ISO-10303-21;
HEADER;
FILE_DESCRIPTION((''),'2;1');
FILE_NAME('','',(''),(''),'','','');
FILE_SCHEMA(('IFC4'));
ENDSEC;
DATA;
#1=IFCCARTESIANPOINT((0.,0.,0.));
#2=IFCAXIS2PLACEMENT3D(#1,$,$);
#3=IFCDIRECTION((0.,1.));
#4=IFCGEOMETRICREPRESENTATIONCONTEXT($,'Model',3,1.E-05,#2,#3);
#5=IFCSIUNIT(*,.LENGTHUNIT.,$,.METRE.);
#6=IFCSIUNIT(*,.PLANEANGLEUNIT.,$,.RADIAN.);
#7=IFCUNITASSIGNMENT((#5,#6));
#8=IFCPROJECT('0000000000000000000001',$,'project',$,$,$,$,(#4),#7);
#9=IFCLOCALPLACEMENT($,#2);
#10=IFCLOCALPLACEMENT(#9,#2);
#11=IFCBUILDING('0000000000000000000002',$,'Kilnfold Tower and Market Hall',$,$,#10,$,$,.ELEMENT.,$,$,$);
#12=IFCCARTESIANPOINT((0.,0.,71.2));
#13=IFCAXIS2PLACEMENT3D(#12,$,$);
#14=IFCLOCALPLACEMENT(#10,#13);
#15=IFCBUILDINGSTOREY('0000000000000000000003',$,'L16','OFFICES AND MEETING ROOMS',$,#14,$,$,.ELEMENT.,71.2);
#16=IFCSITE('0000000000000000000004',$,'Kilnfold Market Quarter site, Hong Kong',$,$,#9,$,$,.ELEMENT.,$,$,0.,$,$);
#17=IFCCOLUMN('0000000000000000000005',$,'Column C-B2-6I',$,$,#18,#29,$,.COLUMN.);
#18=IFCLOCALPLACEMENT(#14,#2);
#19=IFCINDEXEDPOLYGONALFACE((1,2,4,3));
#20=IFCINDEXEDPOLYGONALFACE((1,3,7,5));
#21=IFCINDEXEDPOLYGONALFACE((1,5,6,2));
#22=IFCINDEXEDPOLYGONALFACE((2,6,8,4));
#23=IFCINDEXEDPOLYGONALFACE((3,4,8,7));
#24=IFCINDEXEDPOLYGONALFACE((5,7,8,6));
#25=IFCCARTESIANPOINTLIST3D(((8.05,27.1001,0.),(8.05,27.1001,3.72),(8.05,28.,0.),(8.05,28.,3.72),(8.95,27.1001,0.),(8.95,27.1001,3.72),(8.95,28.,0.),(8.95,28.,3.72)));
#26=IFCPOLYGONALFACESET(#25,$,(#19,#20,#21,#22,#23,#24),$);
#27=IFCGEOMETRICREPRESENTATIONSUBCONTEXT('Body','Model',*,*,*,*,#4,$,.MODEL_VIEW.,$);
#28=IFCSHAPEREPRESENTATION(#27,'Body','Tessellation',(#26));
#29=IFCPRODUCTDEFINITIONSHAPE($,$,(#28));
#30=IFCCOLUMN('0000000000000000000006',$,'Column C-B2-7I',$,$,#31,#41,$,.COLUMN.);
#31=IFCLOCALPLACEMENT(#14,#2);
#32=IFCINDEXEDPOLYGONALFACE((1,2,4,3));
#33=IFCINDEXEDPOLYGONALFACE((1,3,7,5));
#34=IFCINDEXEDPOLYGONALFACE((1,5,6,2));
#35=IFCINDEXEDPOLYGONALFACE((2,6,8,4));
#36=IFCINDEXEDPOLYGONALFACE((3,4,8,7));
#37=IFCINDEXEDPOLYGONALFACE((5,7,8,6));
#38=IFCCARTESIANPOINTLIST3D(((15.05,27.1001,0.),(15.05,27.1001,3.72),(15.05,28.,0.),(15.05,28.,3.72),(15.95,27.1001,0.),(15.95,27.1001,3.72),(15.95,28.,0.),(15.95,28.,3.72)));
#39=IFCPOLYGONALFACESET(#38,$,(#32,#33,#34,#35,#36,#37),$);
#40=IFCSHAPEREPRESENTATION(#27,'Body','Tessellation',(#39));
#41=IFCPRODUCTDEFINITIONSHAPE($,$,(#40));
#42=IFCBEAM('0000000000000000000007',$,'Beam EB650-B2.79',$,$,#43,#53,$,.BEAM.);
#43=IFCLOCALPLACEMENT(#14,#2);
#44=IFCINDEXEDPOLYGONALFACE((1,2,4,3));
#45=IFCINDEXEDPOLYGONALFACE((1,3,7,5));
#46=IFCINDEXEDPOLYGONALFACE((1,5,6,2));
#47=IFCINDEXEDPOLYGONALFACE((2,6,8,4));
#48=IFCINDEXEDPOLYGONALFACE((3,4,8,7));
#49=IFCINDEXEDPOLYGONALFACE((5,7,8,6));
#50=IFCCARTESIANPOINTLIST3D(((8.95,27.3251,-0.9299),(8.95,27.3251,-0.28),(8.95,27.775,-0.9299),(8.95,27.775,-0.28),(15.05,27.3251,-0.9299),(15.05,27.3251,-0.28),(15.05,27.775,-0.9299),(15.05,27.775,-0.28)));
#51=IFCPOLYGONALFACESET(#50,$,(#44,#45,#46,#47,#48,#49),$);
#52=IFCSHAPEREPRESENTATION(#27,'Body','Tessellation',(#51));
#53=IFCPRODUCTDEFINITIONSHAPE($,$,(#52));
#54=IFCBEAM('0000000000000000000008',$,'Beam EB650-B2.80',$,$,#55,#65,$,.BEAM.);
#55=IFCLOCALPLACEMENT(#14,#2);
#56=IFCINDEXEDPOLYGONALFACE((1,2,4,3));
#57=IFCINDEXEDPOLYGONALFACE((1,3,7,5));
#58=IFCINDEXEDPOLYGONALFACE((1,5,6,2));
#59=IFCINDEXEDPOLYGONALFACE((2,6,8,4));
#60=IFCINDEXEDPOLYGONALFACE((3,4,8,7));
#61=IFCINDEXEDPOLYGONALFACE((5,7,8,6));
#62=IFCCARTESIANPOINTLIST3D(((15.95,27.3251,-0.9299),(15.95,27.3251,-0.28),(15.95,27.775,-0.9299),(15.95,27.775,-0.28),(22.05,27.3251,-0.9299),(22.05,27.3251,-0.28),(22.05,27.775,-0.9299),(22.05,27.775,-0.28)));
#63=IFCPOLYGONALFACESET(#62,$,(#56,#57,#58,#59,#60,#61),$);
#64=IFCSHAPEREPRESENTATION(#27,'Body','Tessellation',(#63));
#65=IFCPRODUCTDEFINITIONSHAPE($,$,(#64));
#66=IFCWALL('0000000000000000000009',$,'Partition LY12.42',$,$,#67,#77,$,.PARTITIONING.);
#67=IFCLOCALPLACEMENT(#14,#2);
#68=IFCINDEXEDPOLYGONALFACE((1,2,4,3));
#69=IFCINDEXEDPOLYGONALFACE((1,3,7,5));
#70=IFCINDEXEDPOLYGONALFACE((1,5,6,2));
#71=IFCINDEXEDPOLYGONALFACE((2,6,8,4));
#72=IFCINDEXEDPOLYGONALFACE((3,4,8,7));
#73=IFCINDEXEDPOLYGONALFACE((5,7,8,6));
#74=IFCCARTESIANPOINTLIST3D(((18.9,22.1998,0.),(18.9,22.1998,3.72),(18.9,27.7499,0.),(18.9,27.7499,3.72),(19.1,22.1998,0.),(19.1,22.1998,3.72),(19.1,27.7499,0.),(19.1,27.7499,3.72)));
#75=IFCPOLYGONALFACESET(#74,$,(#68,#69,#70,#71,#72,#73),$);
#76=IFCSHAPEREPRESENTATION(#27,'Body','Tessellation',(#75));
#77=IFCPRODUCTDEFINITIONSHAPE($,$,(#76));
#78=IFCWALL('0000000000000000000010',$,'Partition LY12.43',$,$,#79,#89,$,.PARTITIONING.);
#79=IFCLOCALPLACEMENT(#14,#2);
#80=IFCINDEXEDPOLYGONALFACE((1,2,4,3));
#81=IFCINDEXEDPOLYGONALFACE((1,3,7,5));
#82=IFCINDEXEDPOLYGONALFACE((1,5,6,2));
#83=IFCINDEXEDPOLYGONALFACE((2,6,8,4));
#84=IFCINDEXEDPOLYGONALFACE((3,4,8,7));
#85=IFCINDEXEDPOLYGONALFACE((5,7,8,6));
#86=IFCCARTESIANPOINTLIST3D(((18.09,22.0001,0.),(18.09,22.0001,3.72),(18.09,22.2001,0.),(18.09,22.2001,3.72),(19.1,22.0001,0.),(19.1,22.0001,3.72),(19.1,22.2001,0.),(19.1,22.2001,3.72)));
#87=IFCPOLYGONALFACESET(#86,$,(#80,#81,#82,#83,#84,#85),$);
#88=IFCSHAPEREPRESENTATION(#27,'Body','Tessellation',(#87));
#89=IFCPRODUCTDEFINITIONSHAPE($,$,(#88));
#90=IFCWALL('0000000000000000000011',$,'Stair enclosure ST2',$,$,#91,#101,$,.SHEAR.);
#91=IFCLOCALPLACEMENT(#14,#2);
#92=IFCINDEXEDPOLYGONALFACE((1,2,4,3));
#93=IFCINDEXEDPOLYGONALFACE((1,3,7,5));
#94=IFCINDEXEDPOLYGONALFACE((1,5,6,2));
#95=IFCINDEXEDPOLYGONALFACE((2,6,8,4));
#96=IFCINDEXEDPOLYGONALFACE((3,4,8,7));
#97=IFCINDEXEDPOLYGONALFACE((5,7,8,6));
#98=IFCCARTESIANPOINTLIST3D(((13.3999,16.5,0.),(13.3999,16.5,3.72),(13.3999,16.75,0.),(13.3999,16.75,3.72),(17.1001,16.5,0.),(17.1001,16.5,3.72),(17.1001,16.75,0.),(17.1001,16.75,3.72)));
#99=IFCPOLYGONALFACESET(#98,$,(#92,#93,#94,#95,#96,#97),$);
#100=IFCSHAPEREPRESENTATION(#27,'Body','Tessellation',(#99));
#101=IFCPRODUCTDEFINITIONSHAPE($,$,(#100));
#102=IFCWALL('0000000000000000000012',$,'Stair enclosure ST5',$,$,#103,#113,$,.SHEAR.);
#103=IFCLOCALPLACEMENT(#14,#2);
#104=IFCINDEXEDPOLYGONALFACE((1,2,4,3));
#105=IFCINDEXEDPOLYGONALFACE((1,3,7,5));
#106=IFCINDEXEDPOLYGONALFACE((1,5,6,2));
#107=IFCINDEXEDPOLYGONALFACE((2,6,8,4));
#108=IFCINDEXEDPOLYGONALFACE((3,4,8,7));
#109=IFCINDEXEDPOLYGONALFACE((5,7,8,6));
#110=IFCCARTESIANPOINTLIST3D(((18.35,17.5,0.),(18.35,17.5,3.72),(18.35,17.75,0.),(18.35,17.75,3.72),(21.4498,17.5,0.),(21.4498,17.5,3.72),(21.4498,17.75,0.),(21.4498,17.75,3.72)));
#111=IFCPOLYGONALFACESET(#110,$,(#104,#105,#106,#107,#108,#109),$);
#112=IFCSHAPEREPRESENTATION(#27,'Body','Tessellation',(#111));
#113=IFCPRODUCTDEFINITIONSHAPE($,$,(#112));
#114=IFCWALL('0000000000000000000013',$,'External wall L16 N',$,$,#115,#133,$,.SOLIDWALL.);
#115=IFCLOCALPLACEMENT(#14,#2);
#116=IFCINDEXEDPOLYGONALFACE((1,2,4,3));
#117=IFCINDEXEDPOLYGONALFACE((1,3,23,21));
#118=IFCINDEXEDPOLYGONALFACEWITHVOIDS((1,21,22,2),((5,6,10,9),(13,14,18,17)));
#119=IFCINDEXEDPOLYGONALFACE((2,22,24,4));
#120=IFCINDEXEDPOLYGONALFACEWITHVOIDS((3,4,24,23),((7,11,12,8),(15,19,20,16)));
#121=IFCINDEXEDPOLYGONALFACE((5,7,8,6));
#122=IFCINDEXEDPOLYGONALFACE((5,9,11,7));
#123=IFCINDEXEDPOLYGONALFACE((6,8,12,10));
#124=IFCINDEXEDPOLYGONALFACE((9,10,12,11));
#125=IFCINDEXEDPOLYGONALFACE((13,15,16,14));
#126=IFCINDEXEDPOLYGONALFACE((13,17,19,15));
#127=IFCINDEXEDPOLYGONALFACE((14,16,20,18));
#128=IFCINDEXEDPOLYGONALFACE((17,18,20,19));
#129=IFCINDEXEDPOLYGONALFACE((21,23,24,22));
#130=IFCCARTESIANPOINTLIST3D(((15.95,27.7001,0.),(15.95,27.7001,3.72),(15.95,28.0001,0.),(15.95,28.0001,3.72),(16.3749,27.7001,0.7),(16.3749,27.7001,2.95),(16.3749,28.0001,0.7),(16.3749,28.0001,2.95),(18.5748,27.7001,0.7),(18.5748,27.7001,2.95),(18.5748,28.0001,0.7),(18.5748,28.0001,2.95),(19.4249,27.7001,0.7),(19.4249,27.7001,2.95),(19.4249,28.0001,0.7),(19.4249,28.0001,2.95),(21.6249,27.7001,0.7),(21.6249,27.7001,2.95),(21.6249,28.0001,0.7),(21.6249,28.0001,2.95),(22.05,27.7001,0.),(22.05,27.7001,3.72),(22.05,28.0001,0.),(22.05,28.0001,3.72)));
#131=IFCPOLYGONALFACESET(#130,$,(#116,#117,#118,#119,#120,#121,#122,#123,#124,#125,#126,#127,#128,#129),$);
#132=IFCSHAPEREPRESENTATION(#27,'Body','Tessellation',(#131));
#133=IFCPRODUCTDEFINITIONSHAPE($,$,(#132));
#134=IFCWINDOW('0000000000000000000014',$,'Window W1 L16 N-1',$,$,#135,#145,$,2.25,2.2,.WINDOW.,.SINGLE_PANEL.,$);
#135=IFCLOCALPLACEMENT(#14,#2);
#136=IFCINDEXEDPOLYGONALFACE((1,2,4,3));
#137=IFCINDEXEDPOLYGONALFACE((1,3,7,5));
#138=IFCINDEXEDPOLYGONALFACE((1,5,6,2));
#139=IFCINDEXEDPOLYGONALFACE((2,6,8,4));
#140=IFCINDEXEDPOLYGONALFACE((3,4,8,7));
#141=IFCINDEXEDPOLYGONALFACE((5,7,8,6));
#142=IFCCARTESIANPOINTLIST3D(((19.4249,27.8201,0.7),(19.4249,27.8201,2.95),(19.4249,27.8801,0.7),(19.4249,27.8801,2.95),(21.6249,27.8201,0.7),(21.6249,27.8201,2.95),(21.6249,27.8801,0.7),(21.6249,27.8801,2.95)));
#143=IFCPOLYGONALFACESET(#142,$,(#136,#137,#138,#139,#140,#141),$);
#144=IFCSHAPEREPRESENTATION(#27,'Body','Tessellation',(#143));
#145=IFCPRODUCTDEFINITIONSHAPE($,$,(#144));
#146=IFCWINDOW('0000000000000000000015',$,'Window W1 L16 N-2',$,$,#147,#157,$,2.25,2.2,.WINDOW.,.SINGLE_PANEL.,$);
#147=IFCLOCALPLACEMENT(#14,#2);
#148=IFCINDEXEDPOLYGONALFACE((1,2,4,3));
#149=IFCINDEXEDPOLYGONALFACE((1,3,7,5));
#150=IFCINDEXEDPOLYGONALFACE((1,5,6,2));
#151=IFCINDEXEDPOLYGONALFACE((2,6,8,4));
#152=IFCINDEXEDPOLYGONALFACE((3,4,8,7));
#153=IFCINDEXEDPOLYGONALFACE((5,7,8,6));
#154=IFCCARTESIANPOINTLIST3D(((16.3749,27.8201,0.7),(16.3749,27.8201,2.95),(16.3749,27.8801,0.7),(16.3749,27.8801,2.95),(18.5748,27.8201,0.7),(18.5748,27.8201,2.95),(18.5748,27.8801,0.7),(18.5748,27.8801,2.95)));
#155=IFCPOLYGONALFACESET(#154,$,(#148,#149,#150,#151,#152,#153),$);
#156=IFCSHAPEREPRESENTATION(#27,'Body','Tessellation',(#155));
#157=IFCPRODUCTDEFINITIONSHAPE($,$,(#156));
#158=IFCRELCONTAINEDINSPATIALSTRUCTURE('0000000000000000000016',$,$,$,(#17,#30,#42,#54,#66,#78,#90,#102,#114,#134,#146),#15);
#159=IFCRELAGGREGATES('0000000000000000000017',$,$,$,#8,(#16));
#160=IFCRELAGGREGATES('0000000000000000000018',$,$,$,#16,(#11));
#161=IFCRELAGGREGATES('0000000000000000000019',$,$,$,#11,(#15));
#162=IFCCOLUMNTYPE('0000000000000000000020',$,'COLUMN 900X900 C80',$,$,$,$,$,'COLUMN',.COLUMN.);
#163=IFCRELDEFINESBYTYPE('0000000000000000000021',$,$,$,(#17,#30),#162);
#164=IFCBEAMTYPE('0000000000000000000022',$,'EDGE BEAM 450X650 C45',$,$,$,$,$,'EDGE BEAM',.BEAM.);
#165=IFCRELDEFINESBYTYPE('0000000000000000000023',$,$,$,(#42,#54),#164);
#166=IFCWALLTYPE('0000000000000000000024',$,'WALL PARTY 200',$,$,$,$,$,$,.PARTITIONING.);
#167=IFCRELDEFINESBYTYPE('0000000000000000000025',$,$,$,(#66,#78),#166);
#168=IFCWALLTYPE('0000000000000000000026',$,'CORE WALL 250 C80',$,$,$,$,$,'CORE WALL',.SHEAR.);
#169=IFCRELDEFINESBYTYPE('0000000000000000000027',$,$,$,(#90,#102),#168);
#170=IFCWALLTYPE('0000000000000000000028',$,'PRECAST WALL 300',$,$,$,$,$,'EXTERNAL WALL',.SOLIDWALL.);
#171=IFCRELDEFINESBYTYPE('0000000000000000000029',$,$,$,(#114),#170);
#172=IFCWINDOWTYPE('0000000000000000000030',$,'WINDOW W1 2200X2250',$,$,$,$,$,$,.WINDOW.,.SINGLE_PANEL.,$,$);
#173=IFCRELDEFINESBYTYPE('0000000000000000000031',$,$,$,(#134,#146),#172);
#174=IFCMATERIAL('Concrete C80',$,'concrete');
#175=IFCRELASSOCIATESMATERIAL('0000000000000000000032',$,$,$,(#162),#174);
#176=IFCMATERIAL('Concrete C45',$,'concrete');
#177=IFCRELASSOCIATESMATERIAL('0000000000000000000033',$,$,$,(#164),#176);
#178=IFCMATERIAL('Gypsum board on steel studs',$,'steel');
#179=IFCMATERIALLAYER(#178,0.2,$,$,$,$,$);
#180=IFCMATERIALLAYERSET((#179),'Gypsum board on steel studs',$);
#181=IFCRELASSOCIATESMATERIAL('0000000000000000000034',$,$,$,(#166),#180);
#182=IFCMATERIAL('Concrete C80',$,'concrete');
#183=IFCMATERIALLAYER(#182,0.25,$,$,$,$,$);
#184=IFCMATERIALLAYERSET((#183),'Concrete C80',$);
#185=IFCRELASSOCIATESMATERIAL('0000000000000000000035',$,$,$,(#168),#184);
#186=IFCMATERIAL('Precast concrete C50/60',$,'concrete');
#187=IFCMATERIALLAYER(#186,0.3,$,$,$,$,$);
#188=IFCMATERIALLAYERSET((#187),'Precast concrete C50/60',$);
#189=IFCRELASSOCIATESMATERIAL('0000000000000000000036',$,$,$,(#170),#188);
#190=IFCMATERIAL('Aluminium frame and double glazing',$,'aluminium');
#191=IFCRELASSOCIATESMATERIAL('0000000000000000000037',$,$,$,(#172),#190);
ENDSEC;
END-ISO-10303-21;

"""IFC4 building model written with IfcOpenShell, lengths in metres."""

from ifc_helpers import new_model, si_unit, direction, frame, frame_2d, origin, origin_2d, place, context, subcontext, project, spatial, rectangle, extrude, source, transform, mapped, material, layer, layer_set, material_profile, profile_set, type_object, element, fill, save


model = new_model("IFC4")

# Units and contexts
model_context = context("Model", 3, precision=1e-05, world=origin(), true_north=direction((0.0, 1.0)))
body_context = subcontext(model_context, "Body", "Model", "MODEL_VIEW")
ifc_project = project(units=[si_unit("LENGTHUNIT", "METRE"), si_unit("PLANEANGLEUNIT", "RADIAN")], contexts=[model_context])

# Site, building, storey
site_placement = place(None, origin())
site = spatial("IfcSite", under=ifc_project, at=site_placement, Name="Kilnfold Market Quarter site, Hong Kong", CompositionType="ELEMENT", RefElevation=0.0)
building_placement = place(site_placement, origin())
building = spatial("IfcBuilding", under=site, at=building_placement, Name="Kilnfold Tower and Market Hall", CompositionType="ELEMENT")
storey_placement = place(building_placement, frame((0.0, 0.0, 71.2)))
storey = spatial("IfcBuildingStorey", under=building, at=storey_placement, Name="L16", Description="OFFICES AND MEETING ROOMS", CompositionType="ELEMENT", Elevation=71.2)

# Columns
ifc_material_1 = material(Name="Concrete C80", Category="concrete")
ifc_material_profile_1 = material_profile(ifc_material_1, rectangle(XDim=0.8999, YDim=0.8999, at=origin_2d()), Name="RC 900x900")
ifc_profile_set_1 = profile_set([ifc_material_profile_1], Name="Concrete C80")
column_type = type_object("IfcColumnType", Name="COLUMN 900X900 C80", ElementType="COLUMN", PredefinedType="COLUMN", material=ifc_profile_set_1)
shared_shape_1 = source(origin(), body_context, "Body", "SweptSolid", [
    extrude(rectangle(XDim=0.8999, YDim=0.8999, at=origin_2d()), origin(), (0.0, 0.0, 1.0), 3.72),
])
for number, where, z_axis, x_axis, name in (
    (1, (8.5, 27.55, 0.0), (0.0, 0.0, 1.0), (1.0, 0.0, 0.0), "Column C-B2-6I"),
    (2, (15.5, 27.55, 0.0), (0.0, 0.0, 1.0), (1.0, 0.0, 0.0), "Column C-B2-7I"),
):
    element("IfcColumn", number, at=place(storey_placement, frame(where, z_axis=z_axis, x_axis=x_axis)), inside=storey, type_object=column_type, Name=name, PredefinedType="COLUMN", context=body_context, shape_type="MappedRepresentation", body=[
        mapped(shared_shape_1, transform((0.0, 0.0, 0.0))),
    ])

# Beams
ifc_material_2 = material(Name="Concrete C45", Category="concrete")
ifc_material_profile_2 = material_profile(ifc_material_2, rectangle(XDim=0.45, YDim=0.6499, at=origin_2d()), Name="RC 450x650")
ifc_profile_set_2 = profile_set([ifc_material_profile_2], Name="Concrete C45")
beam_type = type_object("IfcBeamType", Name="EDGE BEAM 450X650 C45", ElementType="EDGE BEAM", PredefinedType="BEAM", material=ifc_profile_set_2)
shared_shape_2 = source(origin(), body_context, "Body", "SweptSolid", [
    extrude(rectangle(XDim=0.45, YDim=0.6499, at=origin_2d()), origin(), (0.0, 0.0, 1.0), 6.1001),
])
for number, where, z_axis, x_axis, name in (
    (3, (8.95, 27.55, -0.605), (1.0, 0.0, 0.0), (0.0, 1.0, 0.0), "Beam EB650-B2.79"),
    (4, (15.95, 27.55, -0.605), (1.0, 0.0, 0.0), (0.0, 1.0, 0.0), "Beam EB650-B2.80"),
):
    element("IfcBeam", number, at=place(storey_placement, frame(where, z_axis=z_axis, x_axis=x_axis)), inside=storey, type_object=beam_type, Name=name, PredefinedType="BEAM", context=body_context, shape_type="MappedRepresentation", body=[
        mapped(shared_shape_2, transform((0.0, 0.0, 0.0))),
    ])

# Walls
ifc_material_3 = material(Name="Gypsum board on steel studs", Category="steel")
ifc_layer_1 = layer(ifc_material_3, 0.2)
ifc_layer_set_1 = layer_set([ifc_layer_1], Name="Gypsum board on steel studs")
wall_type_1 = type_object("IfcWallType", Name="WALL PARTY 200", PredefinedType="PARTITIONING", material=ifc_layer_set_1)
wall_1_placement = place(storey_placement, frame((19.0, 22.2, 0.0), z_axis=(0.0, 0.0, 1.0), x_axis=(0.0, 1.0, 0.0)))
element("IfcWall", 5, at=wall_1_placement, inside=storey, type_object=wall_type_1, Name="Partition LY12.42", PredefinedType="PARTITIONING", context=body_context, shape_type="SweptSolid", body=[
    extrude(rectangle(XDim=5.55, YDim=0.2, at=frame_2d((2.7749, 0.0))), origin(), (0.0, 0.0, 1.0), 3.72),
])
wall_2_placement = place(storey_placement, frame((18.0901, 22.1001, 0.0), z_axis=(0.0, 0.0, 1.0), x_axis=(1.0, 0.0, 0.0)))
element("IfcWall", 6, at=wall_2_placement, inside=storey, type_object=wall_type_1, Name="Partition LY12.43", PredefinedType="PARTITIONING", context=body_context, shape_type="SweptSolid", body=[
    extrude(rectangle(XDim=1.01, YDim=0.2, at=frame_2d((0.5049, 0.0))), origin(), (0.0, 0.0, 1.0), 3.72),
])
ifc_material_4 = material(Name="Concrete C80", Category="concrete")
ifc_layer_2 = layer(ifc_material_4, 0.25)
ifc_layer_set_2 = layer_set([ifc_layer_2], Name="Concrete C80")
wall_type_2 = type_object("IfcWallType", Name="CORE WALL 250 C80", ElementType="CORE WALL", PredefinedType="SHEAR", material=ifc_layer_set_2)
shared_shape_3 = source(origin(), body_context, "Body", "SweptSolid", [
    extrude(rectangle(XDim=3.7002, YDim=0.25, at=frame_2d((1.8501, 0.0))), origin(), (0.0, 0.0, 1.0), 3.72),
])
wall_3_placement = place(storey_placement, frame((13.3999, 16.625, 0.0), z_axis=(0.0, 0.0, 1.0), x_axis=(1.0, 0.0, 0.0)))
element("IfcWall", 7, at=wall_3_placement, inside=storey, type_object=wall_type_2, Name="Stair enclosure ST2", PredefinedType="SHEAR", context=body_context, shape_type="MappedRepresentation", body=[
    mapped(shared_shape_3, transform((0.0, 0.0, 0.0))),
])
shared_shape_4 = source(origin(), body_context, "Body", "SweptSolid", [
    extrude(rectangle(XDim=3.0999, YDim=0.25, at=frame_2d((1.5498, 0.0))), origin(), (0.0, 0.0, 1.0), 3.72),
])
wall_4_placement = place(storey_placement, frame((18.3501, 17.625, 0.0), z_axis=(0.0, 0.0, 1.0), x_axis=(1.0, 0.0, 0.0)))
element("IfcWall", 8, at=wall_4_placement, inside=storey, type_object=wall_type_2, Name="Stair enclosure ST5", PredefinedType="SHEAR", context=body_context, shape_type="MappedRepresentation", body=[
    mapped(shared_shape_4, transform((0.0, 0.0, 0.0))),
])

# Wall, openings, windows
ifc_material_5 = material(Name="Precast concrete C50/60", Category="concrete")
ifc_layer_3 = layer(ifc_material_5, 0.3)
ifc_layer_set_3 = layer_set([ifc_layer_3], Name="Precast concrete C50/60")
wall_type_3 = type_object("IfcWallType", Name="PRECAST WALL 300", ElementType="EXTERNAL WALL", PredefinedType="SOLIDWALL", material=ifc_layer_set_3)
shared_shape_5 = source(origin(), body_context, "Body", "SweptSolid", [
    extrude(rectangle(XDim=6.1001, YDim=0.3, at=frame_2d((3.05, 0.0))), origin(), (0.0, 0.0, 1.0), 3.72),
])
wall_5_placement = place(storey_placement, frame((22.05, 27.8501, 0.0), z_axis=(0.0, 0.0, 1.0), x_axis=(-1.0, 0.0, 0.0)))
wall_5 = element("IfcWall", 9, at=wall_5_placement, inside=storey, type_object=wall_type_3, Name="External wall L16 N", PredefinedType="SOLIDWALL", context=body_context, shape_type="MappedRepresentation", body=[
    mapped(shared_shape_5, transform((0.0, 0.0, 0.0))),
])
opening_1_placement = place(wall_5_placement, frame((0.425, 0.0, 0.7)))
opening_1 = element("IfcOpeningElement", 10, at=opening_1_placement, cuts=wall_5, PredefinedType="OPENING", context=body_context, shape_type="SweptSolid", body=[
    extrude(rectangle(XDim=2.2, YDim=2.25, at=frame_2d((1.1001, 1.125))), frame((0.0, 0.1602, 0.0), z_axis=(0.0, -1.0, 0.0), x_axis=(1.0, 0.0, 0.0)), (0.0, 0.0, 1.0), 0.3201),
])
opening_2_placement = place(wall_5_placement, frame((3.4751, 0.0, 0.7)))
opening_2 = element("IfcOpeningElement", 11, at=opening_2_placement, cuts=wall_5, PredefinedType="OPENING", context=body_context, shape_type="SweptSolid", body=[
    extrude(rectangle(XDim=2.2, YDim=2.25, at=frame_2d((1.1001, 1.125))), frame((0.0, 0.1602, 0.0), z_axis=(0.0, -1.0, 0.0), x_axis=(1.0, 0.0, 0.0)), (0.0, 0.0, 1.0), 0.3201),
])
ifc_material_6 = material(Name="Aluminium frame and double glazing", Category="aluminium")
window_type = type_object("IfcWindowType", Name="WINDOW W1 2200X2250", PartitioningType="SINGLE_PANEL", PredefinedType="WINDOW", material=ifc_material_6)
window_1_placement = place(opening_1_placement, origin())
window_1 = element("IfcWindow", 12, at=window_1_placement, inside=storey, type_object=window_type, Name="Window W1 L16 N-1", OverallHeight=2.25, OverallWidth=2.2, PartitioningType="SINGLE_PANEL", PredefinedType="WINDOW", context=body_context, shape_type="SweptSolid", body=[
    extrude(rectangle(XDim=2.2, YDim=2.25, at=frame_2d((1.1001, 1.125))), frame((0.0, 0.03, 0.0), z_axis=(0.0, -1.0, 0.0), x_axis=(1.0, 0.0, 0.0)), (0.0, 0.0, 1.0), 0.0601),
])
fill(opening_1, window_1)
window_2_placement = place(opening_2_placement, origin())
window_2 = element("IfcWindow", 13, at=window_2_placement, inside=storey, type_object=window_type, Name="Window W1 L16 N-2", OverallHeight=2.25, OverallWidth=2.2, PartitioningType="SINGLE_PANEL", PredefinedType="WINDOW", context=body_context, shape_type="SweptSolid", body=[
    extrude(rectangle(XDim=2.2, YDim=2.25, at=frame_2d((1.1001, 1.125))), frame((0.0, 0.03, 0.0), z_axis=(0.0, -1.0, 0.0), x_axis=(1.0, 0.0, 0.0)), (0.0, 0.0, 1.0), 0.0601),
])
fill(opening_2, window_2)

save(model, "model.ifc")
